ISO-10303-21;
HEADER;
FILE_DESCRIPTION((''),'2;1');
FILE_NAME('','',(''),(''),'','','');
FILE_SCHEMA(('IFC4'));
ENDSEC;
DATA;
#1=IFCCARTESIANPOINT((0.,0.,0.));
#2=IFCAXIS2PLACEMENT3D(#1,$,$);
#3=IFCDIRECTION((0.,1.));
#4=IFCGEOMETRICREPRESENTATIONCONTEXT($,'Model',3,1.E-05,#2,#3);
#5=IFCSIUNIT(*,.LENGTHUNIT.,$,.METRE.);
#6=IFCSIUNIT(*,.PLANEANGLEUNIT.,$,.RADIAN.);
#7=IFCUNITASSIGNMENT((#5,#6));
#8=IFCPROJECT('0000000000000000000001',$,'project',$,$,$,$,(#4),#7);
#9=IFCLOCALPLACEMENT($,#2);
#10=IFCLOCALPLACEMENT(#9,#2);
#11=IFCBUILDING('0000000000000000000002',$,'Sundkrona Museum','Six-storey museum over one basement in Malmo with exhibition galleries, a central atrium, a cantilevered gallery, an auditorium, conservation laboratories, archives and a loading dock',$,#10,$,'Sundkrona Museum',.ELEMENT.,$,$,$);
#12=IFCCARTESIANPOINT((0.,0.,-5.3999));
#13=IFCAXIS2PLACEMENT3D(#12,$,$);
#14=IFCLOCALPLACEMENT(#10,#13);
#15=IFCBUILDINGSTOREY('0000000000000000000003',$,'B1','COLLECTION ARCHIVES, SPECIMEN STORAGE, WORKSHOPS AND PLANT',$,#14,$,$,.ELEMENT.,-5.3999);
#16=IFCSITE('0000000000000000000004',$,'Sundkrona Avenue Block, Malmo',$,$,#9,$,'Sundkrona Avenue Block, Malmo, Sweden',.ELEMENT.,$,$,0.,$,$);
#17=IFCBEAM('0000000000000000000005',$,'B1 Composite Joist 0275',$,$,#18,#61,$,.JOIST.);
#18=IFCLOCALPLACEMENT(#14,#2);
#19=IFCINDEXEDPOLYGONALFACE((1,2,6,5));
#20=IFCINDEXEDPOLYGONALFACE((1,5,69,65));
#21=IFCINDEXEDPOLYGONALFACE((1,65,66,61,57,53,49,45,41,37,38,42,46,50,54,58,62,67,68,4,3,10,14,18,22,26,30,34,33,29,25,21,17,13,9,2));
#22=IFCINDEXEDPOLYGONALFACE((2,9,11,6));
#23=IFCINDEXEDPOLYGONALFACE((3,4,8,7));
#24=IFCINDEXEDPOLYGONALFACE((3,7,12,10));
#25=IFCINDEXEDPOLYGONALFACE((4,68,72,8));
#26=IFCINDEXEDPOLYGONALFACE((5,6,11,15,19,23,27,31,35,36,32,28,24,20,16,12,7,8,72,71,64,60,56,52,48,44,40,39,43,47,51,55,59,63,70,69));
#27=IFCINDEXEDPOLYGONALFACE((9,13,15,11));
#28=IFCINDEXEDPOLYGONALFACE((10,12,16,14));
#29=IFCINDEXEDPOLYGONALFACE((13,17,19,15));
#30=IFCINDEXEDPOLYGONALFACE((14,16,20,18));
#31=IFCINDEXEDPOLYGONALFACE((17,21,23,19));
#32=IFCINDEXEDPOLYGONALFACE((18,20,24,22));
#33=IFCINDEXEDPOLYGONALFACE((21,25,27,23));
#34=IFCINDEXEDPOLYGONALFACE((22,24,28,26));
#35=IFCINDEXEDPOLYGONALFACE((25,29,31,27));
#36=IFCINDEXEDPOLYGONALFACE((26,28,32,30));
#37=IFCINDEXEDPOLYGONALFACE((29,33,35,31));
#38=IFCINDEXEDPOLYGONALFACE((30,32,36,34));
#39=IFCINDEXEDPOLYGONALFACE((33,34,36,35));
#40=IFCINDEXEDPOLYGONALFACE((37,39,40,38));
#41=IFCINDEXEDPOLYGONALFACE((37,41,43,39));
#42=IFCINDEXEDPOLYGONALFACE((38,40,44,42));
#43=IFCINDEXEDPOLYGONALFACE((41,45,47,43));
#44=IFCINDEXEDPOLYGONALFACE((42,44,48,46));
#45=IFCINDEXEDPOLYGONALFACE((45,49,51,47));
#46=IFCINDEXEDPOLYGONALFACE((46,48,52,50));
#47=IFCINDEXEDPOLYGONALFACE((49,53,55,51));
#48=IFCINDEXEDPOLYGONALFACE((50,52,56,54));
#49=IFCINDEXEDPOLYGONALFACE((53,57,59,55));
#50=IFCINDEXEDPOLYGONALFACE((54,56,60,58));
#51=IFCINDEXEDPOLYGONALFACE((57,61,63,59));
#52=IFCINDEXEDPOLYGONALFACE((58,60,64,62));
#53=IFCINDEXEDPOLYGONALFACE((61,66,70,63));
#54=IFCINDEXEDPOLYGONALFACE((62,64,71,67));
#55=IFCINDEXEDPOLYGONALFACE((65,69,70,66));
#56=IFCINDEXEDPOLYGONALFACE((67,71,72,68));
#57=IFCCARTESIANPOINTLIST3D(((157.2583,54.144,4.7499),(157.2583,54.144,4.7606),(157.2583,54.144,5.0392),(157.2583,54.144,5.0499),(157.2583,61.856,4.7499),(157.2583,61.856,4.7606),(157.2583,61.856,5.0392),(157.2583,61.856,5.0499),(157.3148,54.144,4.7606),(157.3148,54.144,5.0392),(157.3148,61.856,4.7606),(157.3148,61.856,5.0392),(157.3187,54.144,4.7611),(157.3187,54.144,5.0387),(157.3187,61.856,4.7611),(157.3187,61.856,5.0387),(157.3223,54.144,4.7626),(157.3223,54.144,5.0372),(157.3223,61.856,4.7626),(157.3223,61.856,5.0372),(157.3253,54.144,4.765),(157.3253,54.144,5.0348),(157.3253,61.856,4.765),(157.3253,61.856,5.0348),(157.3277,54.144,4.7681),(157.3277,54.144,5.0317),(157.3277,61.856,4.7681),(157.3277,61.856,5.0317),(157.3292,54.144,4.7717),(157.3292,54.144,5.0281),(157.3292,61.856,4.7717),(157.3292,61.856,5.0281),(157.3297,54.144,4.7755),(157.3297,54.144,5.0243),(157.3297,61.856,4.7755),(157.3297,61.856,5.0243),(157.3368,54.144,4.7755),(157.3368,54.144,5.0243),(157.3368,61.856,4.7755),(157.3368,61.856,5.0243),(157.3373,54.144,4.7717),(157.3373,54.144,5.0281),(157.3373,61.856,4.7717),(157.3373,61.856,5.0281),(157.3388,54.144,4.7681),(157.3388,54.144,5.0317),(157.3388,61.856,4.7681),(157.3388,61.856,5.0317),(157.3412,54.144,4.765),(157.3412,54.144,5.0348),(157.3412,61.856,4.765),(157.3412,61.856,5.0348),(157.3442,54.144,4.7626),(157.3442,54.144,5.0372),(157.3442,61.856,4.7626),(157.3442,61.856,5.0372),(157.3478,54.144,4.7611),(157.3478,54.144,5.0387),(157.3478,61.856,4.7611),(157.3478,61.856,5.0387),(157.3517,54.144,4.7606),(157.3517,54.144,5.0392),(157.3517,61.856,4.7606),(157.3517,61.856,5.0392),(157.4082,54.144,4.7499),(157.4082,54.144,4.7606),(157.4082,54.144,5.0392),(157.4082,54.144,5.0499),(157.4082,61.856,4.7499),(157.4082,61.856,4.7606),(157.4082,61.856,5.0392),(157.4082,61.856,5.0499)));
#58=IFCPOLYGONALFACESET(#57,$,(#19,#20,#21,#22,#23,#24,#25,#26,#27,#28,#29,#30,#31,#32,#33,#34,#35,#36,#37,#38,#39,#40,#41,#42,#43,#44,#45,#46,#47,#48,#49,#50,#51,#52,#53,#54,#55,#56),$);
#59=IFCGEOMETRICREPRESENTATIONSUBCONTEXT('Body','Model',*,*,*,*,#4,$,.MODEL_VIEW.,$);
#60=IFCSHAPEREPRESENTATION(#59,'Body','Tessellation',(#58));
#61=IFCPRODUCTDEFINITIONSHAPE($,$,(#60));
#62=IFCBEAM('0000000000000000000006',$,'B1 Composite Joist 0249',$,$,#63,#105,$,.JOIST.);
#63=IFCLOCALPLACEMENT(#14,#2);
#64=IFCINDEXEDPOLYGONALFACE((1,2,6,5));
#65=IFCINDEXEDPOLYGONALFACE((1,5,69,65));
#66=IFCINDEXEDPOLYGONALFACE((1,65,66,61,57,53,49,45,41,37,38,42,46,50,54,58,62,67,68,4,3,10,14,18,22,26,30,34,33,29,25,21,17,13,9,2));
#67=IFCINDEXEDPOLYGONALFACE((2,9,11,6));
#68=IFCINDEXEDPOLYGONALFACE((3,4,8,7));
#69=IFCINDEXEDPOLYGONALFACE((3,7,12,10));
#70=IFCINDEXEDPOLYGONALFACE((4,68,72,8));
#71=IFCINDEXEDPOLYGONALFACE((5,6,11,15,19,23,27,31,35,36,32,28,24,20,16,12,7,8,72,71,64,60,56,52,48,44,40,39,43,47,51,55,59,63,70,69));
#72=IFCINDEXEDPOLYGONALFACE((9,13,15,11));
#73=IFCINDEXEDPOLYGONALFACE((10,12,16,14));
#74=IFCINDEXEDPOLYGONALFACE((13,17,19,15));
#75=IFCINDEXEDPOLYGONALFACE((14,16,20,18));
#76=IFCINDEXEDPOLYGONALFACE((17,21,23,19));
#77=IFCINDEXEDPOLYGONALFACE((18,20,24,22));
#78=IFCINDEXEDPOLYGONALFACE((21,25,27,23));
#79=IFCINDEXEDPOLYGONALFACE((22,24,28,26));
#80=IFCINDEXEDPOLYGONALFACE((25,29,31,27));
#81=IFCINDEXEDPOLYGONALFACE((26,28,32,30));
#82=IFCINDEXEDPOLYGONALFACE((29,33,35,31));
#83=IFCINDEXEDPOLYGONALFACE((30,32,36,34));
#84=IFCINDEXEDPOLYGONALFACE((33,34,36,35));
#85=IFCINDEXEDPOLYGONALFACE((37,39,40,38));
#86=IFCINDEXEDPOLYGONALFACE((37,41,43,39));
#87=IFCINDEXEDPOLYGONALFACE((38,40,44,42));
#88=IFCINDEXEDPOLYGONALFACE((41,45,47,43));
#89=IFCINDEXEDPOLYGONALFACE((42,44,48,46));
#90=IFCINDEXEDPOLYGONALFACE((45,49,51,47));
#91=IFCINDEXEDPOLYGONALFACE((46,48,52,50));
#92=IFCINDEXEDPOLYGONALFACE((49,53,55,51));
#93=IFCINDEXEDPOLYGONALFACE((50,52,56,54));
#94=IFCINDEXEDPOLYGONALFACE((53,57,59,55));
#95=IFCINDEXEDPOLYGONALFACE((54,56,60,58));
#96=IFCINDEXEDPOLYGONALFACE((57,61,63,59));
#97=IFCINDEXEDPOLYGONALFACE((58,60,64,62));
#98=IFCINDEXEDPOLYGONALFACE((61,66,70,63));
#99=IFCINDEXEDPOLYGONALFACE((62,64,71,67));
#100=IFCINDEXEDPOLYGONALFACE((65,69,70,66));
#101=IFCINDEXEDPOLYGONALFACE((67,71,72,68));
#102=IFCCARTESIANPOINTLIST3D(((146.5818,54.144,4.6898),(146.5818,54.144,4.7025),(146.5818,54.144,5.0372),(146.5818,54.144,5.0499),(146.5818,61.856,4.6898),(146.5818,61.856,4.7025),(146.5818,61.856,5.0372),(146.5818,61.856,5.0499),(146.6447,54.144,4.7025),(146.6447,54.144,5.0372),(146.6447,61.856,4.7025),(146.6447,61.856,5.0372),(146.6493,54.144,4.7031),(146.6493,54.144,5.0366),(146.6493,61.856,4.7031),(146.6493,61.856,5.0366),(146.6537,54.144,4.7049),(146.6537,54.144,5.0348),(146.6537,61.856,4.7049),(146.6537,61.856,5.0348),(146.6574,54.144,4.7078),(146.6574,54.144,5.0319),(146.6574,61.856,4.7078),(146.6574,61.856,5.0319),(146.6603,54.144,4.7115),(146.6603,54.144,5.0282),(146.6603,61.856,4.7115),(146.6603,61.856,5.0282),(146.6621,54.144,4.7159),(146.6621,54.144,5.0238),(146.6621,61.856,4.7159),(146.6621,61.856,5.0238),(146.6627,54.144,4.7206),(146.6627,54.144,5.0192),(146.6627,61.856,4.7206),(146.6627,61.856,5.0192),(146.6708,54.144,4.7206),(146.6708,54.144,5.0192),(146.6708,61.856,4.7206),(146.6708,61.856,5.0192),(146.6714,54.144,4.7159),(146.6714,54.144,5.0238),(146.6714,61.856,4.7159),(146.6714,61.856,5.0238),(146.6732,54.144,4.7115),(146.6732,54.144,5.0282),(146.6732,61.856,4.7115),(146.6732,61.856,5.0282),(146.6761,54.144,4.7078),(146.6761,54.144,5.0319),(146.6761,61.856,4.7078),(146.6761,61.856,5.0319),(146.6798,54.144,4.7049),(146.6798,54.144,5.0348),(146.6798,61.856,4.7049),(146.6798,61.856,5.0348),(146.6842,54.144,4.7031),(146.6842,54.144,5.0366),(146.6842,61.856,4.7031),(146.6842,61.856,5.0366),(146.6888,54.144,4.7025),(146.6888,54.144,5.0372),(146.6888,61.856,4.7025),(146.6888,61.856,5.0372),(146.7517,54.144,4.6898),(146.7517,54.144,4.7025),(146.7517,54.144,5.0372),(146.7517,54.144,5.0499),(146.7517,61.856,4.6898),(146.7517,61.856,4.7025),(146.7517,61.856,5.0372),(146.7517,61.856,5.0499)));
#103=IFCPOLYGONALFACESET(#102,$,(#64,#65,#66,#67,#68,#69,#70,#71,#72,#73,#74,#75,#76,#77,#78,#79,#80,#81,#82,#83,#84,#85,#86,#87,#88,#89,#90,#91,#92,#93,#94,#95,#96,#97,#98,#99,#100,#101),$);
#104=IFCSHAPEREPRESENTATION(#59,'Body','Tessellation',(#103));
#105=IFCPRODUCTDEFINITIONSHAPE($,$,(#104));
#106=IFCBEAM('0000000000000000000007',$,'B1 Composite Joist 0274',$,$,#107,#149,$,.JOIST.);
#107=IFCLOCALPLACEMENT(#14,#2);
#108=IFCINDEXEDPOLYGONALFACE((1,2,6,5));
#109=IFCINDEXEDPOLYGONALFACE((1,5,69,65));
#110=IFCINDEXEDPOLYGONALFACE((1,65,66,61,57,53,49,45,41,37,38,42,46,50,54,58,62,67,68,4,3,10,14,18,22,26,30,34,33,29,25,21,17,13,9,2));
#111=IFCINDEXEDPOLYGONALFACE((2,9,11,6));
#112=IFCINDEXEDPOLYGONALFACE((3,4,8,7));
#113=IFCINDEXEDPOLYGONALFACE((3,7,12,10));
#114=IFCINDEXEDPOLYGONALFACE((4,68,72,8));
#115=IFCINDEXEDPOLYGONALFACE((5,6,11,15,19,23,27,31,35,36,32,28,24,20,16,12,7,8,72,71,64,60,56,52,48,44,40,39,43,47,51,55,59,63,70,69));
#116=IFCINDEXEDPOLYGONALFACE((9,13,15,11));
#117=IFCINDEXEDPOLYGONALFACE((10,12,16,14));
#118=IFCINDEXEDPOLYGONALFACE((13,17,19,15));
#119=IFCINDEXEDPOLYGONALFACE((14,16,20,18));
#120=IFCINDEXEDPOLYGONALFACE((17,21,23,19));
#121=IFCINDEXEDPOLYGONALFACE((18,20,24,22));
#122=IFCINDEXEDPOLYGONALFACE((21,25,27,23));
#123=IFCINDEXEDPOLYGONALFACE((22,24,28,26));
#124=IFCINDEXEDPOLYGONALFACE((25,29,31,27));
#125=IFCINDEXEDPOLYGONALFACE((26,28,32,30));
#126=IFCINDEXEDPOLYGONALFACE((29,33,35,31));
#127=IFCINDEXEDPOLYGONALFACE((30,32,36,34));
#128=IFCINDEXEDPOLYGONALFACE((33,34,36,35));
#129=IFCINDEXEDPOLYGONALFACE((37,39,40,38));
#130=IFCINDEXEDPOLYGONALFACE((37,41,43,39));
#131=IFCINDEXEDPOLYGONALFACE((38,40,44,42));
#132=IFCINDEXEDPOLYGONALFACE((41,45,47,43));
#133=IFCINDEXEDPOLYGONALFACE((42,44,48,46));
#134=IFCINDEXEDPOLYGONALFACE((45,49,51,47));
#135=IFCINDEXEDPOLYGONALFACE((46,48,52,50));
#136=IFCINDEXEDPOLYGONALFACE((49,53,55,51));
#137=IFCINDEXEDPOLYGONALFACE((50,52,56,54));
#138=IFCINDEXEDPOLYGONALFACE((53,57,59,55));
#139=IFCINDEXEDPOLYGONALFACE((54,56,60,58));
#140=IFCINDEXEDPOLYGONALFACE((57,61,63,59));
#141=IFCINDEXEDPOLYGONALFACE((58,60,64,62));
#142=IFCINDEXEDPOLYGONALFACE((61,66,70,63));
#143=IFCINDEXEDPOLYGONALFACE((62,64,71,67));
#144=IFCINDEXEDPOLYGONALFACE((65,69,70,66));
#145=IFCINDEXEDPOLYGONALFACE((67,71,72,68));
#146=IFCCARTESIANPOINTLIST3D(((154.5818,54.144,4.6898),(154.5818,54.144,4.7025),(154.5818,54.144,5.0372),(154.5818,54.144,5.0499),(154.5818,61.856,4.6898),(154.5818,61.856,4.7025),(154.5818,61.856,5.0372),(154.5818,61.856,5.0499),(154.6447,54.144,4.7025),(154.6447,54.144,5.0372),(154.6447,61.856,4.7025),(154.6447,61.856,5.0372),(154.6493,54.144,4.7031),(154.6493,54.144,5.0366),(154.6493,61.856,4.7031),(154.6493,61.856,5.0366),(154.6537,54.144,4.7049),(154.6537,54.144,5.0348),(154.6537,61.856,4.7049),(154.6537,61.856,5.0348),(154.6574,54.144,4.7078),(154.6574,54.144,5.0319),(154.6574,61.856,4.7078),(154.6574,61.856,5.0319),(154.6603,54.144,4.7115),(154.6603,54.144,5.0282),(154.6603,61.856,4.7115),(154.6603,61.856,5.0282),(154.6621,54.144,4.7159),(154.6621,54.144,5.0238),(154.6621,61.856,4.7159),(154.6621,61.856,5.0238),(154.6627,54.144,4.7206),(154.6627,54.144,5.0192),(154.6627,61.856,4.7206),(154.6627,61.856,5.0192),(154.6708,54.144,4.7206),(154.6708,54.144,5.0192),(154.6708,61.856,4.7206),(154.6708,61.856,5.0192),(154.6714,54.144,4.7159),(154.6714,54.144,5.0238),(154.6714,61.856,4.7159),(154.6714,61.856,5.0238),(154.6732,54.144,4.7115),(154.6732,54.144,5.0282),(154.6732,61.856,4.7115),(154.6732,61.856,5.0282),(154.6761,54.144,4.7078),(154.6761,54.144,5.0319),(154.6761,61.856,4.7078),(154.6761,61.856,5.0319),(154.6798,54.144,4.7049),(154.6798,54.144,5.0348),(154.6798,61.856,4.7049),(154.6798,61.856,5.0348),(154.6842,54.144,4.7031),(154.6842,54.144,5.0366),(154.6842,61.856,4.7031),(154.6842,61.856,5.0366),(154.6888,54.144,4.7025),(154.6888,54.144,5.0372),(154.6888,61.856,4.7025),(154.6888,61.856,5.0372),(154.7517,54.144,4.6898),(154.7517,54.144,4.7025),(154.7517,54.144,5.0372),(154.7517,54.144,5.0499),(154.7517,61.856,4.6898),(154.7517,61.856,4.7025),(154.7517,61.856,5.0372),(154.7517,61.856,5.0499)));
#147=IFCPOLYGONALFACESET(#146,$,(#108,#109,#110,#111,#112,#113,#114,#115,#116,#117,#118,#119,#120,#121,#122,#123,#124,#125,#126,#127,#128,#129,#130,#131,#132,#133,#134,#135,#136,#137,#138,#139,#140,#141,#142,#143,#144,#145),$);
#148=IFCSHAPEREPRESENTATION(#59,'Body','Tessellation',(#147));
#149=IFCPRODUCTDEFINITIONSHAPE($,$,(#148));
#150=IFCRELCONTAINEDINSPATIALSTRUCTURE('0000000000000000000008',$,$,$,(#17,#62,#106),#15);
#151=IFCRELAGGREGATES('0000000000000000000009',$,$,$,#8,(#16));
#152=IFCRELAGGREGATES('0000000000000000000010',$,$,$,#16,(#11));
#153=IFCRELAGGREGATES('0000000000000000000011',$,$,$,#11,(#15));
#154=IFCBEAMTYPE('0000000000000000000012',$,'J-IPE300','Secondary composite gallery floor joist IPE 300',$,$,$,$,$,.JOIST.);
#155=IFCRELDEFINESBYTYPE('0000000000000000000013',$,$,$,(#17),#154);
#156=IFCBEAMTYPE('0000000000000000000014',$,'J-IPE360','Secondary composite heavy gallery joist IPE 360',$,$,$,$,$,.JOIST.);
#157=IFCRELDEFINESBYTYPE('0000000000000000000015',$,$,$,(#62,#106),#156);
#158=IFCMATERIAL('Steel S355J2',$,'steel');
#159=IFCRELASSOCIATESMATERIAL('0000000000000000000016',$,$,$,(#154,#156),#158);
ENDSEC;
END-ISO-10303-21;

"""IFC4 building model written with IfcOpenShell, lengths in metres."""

from ifc_helpers import new_model, si_unit, direction, frame, origin, origin_2d, place, context, subcontext, project, spatial, i_section, extrude, material, material_profile, profile_set, type_object, element, save


model = new_model("IFC4")

# Units and contexts
model_context = context("Model", 3, precision=1e-05, world=origin(), true_north=direction((0.0, 1.0)))
body_context = subcontext(model_context, "Body", "Model", "MODEL_VIEW")
ifc_project = project(units=[si_unit("LENGTHUNIT", "METRE"), si_unit("PLANEANGLEUNIT", "RADIAN")], contexts=[model_context])

# Site, building, storey
site_placement = place(None, origin())
site = spatial("IfcSite", under=ifc_project, at=site_placement, Name="Sundkrona Avenue Block, Malmo", LongName="Sundkrona Avenue Block, Malmo, Sweden", CompositionType="ELEMENT", RefElevation=0.0)
building_placement = place(site_placement, origin())
building = spatial("IfcBuilding", under=site, at=building_placement, Name="Sundkrona Museum", Description="Six-storey museum over one basement in Malmo with exhibition galleries, a central atrium, a cantilevered gallery, an auditorium, conservation laboratories, archives and a loading dock", LongName="Sundkrona Museum", CompositionType="ELEMENT")
storey_placement = place(building_placement, frame((0.0, 0.0, -5.3999)))
storey = spatial("IfcBuildingStorey", under=building, at=storey_placement, Name="B1", Description="COLLECTION ARCHIVES, SPECIMEN STORAGE, WORKSHOPS AND PLANT", CompositionType="ELEMENT", Elevation=-5.3999)

# Beams
ifc_material_1 = material(Name="Steel S355J2", Category="steel")
ifc_material_profile_1 = material_profile(ifc_material_1, i_section(OverallWidth=0.1499, OverallDepth=0.3, WebThickness=0.0071, FlangeThickness=0.0107, FilletRadius=0.0149, at=origin_2d()), Name="IPE 300")
ifc_profile_set_1 = profile_set([ifc_material_profile_1], Name="Steel S355J2")
beam_type_1 = type_object("IfcBeamType", Name="J-IPE300", Description="Secondary composite gallery floor joist IPE 300", PredefinedType="JOIST", material=ifc_profile_set_1)
beam_1_placement = place(storey_placement, frame((157.3333, 54.144, 4.8999), z_axis=(0.0, 1.0, 0.0), x_axis=(-1.0, 0.0, 0.0)))
element("IfcBeam", 1, at=beam_1_placement, inside=storey, type_object=beam_type_1, Name="B1 Composite Joist 0275", PredefinedType="JOIST", context=body_context, shape_type="SweptSolid", body=[
    extrude(i_section(OverallWidth=0.1499, OverallDepth=0.3, WebThickness=0.0071, FlangeThickness=0.0107, FilletRadius=0.0149, at=origin_2d()), origin(), (0.0, 0.0, 1.0), 7.7119),
])
ifc_material_profile_2 = material_profile(ifc_material_1, i_section(OverallWidth=0.1699, OverallDepth=0.3601, WebThickness=0.0081, FlangeThickness=0.0127, FilletRadius=0.0181, at=origin_2d()), Name="IPE 360")
ifc_profile_set_2 = profile_set([ifc_material_profile_2], Name="Steel S355J2")
beam_type_2 = type_object("IfcBeamType", Name="J-IPE360", Description="Secondary composite heavy gallery joist IPE 360", PredefinedType="JOIST", material=ifc_profile_set_2)
for number, where, z_axis, x_axis, name in (
    (2, (146.6667, 54.144, 4.8699), (0.0, 1.0, 0.0), (-1.0, 0.0, 0.0), "B1 Composite Joist 0249"),
    (3, (154.6667, 54.144, 4.8699), (0.0, 1.0, 0.0), (-1.0, 0.0, 0.0), "B1 Composite Joist 0274"),
):
    element("IfcBeam", number, at=place(storey_placement, frame(where, z_axis=z_axis, x_axis=x_axis)), inside=storey, type_object=beam_type_2, Name=name, PredefinedType="JOIST", context=body_context, shape_type="SweptSolid", body=[
        extrude(i_section(OverallWidth=0.1699, OverallDepth=0.3601, WebThickness=0.0081, FlangeThickness=0.0127, FilletRadius=0.0181, at=origin_2d()), origin(), (0.0, 0.0, 1.0), 7.7119),
    ])

save(model, "model.ifc")
